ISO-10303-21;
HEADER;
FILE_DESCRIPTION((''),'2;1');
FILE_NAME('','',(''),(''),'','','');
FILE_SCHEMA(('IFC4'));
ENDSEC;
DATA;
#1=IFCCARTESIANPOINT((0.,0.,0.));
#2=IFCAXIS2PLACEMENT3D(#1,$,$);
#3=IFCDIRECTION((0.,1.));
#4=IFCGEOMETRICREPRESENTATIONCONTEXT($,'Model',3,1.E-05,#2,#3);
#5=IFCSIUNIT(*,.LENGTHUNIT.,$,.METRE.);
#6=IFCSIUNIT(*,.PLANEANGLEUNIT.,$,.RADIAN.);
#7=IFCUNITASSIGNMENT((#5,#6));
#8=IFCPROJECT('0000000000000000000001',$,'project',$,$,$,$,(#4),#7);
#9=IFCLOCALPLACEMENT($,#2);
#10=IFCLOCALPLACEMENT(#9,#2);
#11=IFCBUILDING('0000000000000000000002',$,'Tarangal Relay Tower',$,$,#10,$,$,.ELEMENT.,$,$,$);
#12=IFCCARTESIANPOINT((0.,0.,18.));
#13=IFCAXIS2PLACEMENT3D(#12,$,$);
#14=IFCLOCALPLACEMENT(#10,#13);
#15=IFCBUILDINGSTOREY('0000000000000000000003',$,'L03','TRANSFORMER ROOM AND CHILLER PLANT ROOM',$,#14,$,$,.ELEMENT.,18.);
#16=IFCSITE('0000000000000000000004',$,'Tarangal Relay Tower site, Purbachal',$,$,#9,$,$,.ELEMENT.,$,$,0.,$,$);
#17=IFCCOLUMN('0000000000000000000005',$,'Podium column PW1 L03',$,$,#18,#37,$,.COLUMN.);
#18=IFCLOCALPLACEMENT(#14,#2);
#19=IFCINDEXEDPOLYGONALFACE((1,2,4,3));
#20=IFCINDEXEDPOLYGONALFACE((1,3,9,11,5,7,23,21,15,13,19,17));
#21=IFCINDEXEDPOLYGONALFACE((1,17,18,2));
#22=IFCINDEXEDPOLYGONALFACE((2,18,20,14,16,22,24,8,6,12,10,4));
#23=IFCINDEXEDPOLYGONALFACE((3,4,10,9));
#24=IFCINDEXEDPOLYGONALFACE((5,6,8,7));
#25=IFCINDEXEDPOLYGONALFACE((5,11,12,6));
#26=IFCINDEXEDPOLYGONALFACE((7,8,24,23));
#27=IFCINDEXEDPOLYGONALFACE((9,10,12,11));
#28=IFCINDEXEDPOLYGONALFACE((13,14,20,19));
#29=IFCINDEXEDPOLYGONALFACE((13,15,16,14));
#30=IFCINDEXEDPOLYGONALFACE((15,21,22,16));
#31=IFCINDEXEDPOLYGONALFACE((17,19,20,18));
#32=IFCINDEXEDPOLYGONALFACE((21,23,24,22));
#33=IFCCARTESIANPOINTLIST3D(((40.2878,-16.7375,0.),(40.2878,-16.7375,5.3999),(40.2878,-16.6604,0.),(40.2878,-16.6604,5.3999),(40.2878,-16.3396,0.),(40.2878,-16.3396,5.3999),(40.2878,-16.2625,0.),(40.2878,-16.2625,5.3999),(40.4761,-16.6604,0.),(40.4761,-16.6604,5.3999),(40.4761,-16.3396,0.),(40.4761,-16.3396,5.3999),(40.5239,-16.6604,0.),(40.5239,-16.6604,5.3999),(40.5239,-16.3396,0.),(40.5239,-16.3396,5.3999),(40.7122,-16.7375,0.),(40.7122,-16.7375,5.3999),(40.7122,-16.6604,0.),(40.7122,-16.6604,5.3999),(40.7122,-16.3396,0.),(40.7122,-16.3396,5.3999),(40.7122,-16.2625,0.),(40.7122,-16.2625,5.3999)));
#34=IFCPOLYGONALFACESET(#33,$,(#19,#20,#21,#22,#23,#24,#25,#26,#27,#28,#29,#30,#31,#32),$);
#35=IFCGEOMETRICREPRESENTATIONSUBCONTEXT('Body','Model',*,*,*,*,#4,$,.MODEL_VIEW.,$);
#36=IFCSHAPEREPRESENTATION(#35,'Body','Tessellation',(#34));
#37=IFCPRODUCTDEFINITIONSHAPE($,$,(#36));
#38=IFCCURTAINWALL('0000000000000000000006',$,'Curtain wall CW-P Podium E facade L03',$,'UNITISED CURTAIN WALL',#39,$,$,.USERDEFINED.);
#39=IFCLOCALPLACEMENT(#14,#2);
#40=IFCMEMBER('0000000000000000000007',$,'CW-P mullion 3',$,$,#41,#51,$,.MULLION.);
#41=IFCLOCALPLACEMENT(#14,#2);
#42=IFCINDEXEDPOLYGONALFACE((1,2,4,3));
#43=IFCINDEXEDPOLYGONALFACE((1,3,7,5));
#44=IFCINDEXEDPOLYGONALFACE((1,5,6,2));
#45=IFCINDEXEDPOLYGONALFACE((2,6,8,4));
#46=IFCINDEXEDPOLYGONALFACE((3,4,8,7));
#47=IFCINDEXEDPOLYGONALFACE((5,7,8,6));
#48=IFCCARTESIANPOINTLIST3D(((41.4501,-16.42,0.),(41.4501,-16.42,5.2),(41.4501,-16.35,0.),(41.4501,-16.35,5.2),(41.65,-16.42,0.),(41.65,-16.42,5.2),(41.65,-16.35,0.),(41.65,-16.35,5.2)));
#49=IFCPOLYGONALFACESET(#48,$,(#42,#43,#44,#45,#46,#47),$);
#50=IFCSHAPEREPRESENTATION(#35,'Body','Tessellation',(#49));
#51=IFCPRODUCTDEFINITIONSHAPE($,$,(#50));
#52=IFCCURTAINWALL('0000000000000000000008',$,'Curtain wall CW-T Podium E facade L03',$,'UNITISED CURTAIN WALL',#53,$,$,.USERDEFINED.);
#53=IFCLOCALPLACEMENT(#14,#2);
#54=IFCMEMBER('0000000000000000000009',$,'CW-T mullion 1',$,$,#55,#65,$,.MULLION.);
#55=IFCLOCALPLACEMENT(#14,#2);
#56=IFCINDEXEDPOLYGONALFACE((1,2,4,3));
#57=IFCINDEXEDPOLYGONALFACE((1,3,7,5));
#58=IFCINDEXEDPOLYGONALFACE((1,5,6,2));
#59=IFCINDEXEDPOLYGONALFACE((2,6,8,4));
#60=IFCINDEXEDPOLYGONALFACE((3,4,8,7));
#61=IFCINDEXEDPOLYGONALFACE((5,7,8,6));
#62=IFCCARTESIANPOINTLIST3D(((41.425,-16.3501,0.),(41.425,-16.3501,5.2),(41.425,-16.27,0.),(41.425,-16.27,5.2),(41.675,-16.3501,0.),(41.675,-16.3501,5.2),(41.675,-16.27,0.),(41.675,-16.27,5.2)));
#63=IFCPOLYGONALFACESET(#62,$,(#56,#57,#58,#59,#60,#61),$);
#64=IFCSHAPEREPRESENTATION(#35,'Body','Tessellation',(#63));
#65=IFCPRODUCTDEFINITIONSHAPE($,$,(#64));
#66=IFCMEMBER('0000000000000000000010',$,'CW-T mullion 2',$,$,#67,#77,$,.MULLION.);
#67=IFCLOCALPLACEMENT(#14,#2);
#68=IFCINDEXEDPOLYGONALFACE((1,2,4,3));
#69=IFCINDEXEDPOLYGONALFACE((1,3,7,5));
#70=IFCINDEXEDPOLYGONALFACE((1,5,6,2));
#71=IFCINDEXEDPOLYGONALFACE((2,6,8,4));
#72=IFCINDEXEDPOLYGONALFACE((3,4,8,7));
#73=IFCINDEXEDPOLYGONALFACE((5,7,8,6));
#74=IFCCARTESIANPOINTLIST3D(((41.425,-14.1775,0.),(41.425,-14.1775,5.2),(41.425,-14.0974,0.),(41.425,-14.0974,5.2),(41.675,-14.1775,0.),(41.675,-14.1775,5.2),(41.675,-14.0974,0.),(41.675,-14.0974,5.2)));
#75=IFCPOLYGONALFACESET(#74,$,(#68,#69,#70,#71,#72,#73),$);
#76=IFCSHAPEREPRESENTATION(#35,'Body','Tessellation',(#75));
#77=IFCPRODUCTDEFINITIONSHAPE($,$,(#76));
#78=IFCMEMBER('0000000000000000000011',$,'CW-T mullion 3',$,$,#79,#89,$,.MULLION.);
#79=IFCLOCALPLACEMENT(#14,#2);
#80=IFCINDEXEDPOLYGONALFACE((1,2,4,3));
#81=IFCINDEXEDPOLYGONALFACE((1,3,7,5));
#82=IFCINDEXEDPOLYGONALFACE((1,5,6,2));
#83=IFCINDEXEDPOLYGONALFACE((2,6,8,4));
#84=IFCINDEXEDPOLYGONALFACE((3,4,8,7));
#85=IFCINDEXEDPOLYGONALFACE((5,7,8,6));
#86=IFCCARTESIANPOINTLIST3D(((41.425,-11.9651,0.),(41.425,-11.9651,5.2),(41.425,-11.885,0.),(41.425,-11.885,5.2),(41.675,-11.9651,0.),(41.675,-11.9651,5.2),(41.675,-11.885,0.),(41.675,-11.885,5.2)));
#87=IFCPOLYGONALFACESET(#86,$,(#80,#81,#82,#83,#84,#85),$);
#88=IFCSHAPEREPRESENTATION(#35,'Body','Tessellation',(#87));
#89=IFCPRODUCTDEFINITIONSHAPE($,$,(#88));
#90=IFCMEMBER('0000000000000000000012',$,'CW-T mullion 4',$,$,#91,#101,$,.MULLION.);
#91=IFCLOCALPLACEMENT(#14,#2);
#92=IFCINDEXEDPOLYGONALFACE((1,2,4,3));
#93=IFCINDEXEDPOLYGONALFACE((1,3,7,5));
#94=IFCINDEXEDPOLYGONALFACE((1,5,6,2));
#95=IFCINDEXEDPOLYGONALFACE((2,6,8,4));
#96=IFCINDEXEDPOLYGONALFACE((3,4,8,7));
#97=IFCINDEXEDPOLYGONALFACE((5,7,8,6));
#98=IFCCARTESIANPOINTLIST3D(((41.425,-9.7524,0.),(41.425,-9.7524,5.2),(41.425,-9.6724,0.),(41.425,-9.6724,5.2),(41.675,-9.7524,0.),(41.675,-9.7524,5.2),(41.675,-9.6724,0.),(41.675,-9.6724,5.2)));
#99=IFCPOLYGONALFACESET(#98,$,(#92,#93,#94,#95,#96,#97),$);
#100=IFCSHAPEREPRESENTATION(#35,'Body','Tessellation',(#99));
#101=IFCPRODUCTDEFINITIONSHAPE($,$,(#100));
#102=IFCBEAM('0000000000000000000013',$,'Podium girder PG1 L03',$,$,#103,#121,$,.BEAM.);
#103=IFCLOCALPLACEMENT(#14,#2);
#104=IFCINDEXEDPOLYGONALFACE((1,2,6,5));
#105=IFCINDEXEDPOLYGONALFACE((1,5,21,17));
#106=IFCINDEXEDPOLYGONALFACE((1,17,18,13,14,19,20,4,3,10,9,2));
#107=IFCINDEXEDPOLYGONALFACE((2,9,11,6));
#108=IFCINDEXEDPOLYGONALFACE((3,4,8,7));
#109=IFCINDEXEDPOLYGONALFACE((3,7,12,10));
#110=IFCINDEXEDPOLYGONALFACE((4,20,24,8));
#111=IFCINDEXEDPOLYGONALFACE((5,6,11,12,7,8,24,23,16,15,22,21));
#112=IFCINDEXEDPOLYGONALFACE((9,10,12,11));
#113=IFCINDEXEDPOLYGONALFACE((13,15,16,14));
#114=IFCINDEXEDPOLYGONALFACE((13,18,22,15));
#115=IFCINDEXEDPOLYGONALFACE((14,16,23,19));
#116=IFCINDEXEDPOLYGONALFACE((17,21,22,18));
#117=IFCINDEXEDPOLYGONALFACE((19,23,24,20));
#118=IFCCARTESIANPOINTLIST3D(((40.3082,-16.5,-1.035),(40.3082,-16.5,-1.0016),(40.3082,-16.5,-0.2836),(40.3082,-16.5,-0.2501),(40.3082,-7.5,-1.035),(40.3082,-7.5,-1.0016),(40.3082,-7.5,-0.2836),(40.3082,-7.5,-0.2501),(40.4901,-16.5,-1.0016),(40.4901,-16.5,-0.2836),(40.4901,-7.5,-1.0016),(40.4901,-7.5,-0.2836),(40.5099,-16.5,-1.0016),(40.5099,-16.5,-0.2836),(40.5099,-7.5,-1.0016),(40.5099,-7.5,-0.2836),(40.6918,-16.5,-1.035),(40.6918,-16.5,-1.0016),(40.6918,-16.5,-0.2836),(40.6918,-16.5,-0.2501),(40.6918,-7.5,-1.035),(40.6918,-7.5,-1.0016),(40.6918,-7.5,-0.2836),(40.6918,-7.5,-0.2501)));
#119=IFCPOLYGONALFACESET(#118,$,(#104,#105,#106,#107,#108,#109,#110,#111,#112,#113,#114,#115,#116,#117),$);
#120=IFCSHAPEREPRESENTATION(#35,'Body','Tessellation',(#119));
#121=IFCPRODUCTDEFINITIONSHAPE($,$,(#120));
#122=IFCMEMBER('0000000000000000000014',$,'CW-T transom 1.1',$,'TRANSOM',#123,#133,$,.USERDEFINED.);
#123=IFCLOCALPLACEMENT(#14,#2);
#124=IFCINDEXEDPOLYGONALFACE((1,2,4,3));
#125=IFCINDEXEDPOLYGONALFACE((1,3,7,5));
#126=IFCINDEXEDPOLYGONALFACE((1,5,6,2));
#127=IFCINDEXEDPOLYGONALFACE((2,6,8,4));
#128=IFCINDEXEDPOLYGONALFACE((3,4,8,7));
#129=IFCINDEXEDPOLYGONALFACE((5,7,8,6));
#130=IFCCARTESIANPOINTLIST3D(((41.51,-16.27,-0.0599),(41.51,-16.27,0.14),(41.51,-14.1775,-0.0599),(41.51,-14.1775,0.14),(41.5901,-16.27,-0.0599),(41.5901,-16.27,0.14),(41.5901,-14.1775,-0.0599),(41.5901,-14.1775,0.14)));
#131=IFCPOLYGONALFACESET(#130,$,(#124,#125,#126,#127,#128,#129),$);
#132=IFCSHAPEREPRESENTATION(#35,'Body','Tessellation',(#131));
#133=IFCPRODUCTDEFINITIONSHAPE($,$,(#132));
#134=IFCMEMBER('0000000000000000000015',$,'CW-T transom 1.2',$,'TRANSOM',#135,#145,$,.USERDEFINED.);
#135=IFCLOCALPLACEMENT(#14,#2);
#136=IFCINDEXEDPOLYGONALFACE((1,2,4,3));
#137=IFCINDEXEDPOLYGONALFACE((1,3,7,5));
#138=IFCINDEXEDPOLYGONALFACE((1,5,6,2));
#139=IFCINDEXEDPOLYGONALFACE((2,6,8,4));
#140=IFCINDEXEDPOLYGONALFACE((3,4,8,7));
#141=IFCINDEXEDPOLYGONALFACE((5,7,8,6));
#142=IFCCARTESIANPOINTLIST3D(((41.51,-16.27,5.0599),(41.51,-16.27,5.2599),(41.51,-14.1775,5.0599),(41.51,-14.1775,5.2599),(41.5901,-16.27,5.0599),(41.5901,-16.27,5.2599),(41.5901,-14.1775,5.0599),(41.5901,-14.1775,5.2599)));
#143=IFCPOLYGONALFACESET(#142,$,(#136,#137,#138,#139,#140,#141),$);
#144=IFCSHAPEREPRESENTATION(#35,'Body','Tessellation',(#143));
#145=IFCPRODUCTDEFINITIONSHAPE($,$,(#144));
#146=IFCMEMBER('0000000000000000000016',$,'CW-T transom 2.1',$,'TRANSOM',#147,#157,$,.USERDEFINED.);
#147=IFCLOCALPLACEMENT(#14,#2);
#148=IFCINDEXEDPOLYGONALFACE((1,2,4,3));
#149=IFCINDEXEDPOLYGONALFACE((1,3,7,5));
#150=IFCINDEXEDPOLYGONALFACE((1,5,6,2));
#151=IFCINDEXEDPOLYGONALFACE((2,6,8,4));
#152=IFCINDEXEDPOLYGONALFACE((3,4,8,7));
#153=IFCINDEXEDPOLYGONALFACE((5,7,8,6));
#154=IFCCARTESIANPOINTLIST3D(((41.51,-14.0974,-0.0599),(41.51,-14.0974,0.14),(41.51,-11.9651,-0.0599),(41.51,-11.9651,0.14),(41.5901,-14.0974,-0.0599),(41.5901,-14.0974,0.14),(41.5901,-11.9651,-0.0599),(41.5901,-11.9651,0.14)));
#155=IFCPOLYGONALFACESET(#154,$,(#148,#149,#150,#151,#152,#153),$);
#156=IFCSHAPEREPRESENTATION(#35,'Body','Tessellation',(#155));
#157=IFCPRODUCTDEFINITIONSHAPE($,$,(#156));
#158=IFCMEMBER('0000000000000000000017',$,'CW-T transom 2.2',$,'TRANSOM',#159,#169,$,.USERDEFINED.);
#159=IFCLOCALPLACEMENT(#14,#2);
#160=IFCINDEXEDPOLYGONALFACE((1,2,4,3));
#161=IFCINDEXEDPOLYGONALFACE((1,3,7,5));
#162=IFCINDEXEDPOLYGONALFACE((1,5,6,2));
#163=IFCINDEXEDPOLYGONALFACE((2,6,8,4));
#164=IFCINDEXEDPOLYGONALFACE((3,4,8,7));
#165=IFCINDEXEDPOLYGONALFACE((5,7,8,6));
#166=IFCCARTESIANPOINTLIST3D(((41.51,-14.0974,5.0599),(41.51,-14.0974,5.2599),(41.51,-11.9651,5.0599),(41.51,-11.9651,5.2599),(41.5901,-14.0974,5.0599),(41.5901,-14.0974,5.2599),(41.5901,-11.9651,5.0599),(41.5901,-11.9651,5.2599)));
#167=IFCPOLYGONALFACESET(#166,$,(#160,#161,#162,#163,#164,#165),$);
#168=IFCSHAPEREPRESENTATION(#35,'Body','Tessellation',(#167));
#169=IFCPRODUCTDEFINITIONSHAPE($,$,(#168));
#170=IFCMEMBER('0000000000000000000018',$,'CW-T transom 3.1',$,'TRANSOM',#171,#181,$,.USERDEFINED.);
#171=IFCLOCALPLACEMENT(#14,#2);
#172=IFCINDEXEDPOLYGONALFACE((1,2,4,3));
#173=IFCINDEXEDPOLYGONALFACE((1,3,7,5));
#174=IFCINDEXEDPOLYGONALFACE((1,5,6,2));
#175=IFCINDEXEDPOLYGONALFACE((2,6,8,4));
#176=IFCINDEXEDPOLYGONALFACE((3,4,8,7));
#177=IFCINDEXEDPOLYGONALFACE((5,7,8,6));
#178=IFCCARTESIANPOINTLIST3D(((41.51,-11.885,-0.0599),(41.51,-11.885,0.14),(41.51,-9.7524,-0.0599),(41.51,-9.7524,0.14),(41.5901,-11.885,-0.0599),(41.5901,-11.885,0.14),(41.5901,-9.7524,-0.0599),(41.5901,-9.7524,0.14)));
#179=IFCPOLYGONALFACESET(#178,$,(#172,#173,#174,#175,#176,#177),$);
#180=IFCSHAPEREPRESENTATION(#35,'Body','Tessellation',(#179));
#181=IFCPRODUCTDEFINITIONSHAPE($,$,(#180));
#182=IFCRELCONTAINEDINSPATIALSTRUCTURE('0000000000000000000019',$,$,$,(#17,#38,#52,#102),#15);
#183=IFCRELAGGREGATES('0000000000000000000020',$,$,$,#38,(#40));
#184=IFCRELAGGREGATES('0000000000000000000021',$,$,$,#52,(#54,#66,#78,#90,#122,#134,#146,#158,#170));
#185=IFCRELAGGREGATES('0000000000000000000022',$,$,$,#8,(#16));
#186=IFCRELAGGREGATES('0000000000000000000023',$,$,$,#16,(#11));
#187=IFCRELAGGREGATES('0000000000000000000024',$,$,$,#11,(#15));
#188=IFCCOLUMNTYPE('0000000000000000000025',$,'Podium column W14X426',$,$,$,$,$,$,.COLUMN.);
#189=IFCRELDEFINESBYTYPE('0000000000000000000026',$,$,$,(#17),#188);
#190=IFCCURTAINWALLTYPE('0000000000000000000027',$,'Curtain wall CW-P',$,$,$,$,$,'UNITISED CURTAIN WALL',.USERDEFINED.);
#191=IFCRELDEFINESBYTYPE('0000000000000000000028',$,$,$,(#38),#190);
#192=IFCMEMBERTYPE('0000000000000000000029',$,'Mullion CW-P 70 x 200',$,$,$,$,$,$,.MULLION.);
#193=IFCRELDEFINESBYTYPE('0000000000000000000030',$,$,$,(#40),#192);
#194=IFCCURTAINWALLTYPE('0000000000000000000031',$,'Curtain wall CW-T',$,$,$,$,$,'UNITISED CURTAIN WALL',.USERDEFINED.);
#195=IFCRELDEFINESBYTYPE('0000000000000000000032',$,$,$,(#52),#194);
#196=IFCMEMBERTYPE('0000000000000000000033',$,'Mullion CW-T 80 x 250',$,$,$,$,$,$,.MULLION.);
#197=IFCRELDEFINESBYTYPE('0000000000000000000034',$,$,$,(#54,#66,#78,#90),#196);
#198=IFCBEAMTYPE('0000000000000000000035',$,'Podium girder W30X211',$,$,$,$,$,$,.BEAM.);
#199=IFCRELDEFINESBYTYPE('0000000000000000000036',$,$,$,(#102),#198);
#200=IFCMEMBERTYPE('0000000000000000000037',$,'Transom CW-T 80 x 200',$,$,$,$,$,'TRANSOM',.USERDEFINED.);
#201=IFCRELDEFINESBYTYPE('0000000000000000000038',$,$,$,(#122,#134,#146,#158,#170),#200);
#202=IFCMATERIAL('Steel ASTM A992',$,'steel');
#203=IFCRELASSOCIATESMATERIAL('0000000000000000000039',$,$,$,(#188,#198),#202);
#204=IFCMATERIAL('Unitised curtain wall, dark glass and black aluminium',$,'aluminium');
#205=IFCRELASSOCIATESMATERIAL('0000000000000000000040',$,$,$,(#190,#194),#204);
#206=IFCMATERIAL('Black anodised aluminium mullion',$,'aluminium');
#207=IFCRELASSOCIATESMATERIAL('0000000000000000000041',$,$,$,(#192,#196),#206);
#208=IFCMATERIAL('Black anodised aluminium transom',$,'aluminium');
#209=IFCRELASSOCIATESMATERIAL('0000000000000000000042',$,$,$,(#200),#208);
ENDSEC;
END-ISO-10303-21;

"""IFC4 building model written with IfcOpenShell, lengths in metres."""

from ifc_helpers import new_model, si_unit, direction, frame, origin, origin_2d, place, context, subcontext, project, spatial, rectangle, i_section, extrude, material, material_profile, profile_set, type_object, element, aggregate, save


model = new_model("IFC4")

# Units and contexts
model_context = context("Model", 3, precision=1e-05, world=origin(), true_north=direction((0.0, 1.0)))
body_context = subcontext(model_context, "Body", "Model", "MODEL_VIEW")
ifc_project = project(units=[si_unit("LENGTHUNIT", "METRE"), si_unit("PLANEANGLEUNIT", "RADIAN")], contexts=[model_context])

# Site, building, storey
site_placement = place(None, origin())
site = spatial("IfcSite", under=ifc_project, at=site_placement, Name="Tarangal Relay Tower site, Purbachal", CompositionType="ELEMENT", RefElevation=0.0)
building_placement = place(site_placement, origin())
building = spatial("IfcBuilding", under=site, at=building_placement, Name="Tarangal Relay Tower", CompositionType="ELEMENT")
storey_placement = place(building_placement, frame((0.0, 0.0, 18.0)))
storey = spatial("IfcBuildingStorey", under=building, at=storey_placement, Name="L03", Description="TRANSFORMER ROOM AND CHILLER PLANT ROOM", CompositionType="ELEMENT", Elevation=18.0)

# Column
ifc_material_1 = material(Name="Steel ASTM A992", Category="steel")
ifc_material_profile_1 = material_profile(ifc_material_1, i_section(OverallWidth=0.4243, OverallDepth=0.4751, WebThickness=0.0479, FlangeThickness=0.0771, at=origin_2d()), Name="W14X426")
ifc_profile_set_1 = profile_set([ifc_material_profile_1], Name="Steel ASTM A992")
column_type = type_object("IfcColumnType", Name="Podium column W14X426", PredefinedType="COLUMN", material=ifc_profile_set_1)
column_placement = place(storey_placement, frame((40.5, -16.5, 0.0), z_axis=(0.0, 0.0, 1.0), x_axis=(1.0, 0.0, 0.0)))
element("IfcColumn", 1, at=column_placement, inside=storey, type_object=column_type, Name="Podium column PW1 L03", PredefinedType="COLUMN", context=body_context, shape_type="SweptSolid", body=[
    extrude(i_section(OverallWidth=0.4243, OverallDepth=0.4751, WebThickness=0.0479, FlangeThickness=0.0771, at=origin_2d()), origin(), (0.0, 0.0, 1.0), 5.3999),
])

# Curtain wall, member
ifc_material_2 = material(Name="Unitised curtain wall, dark glass and black aluminium", Category="aluminium")
curtain_wall_type_1 = type_object("IfcCurtainWallType", Name="Curtain wall CW-P", ElementType="UNITISED CURTAIN WALL", PredefinedType="USERDEFINED", material=ifc_material_2)
curtain_wall_1_placement = place(storey_placement, origin())
curtain_wall_1 = element("IfcCurtainWall", 2, at=curtain_wall_1_placement, inside=storey, type_object=curtain_wall_type_1, Name="Curtain wall CW-P Podium E facade L03", ObjectType="UNITISED CURTAIN WALL", PredefinedType="USERDEFINED")
ifc_material_3 = material(Name="Black anodised aluminium mullion", Category="aluminium")
ifc_material_profile_2 = material_profile(ifc_material_3, rectangle(XDim=0.2, YDim=0.0701, at=origin_2d()), Name="CW-PM 70X200")
ifc_profile_set_2 = profile_set([ifc_material_profile_2], Name="Black anodised aluminium mullion")
member_type_1 = type_object("IfcMemberType", Name="Mullion CW-P 70 x 200", PredefinedType="MULLION", material=ifc_profile_set_2)
member_1_placement = place(storey_placement, frame((41.55, -16.385, 0.0), z_axis=(0.0, 0.0, 1.0), x_axis=(-1.0, 0.0, 0.0)))
member_1 = element("IfcMember", 3, at=member_1_placement, type_object=member_type_1, Name="CW-P mullion 3", PredefinedType="MULLION", context=body_context, shape_type="SweptSolid", body=[
    extrude(rectangle(XDim=0.2, YDim=0.0701, at=origin_2d()), origin(), (0.0, 0.0, 1.0), 5.2),
])
aggregate(curtain_wall_1, [member_1])

# Curtain wall, members
curtain_wall_type_2 = type_object("IfcCurtainWallType", Name="Curtain wall CW-T", ElementType="UNITISED CURTAIN WALL", PredefinedType="USERDEFINED", material=ifc_material_2)
curtain_wall_2_placement = place(storey_placement, origin())
curtain_wall_2 = element("IfcCurtainWall", 4, at=curtain_wall_2_placement, inside=storey, type_object=curtain_wall_type_2, Name="Curtain wall CW-T Podium E facade L03", ObjectType="UNITISED CURTAIN WALL", PredefinedType="USERDEFINED")
ifc_material_profile_3 = material_profile(ifc_material_3, rectangle(XDim=0.25, YDim=0.0801, at=origin_2d()), Name="CW-TM 80X250")
ifc_profile_set_3 = profile_set([ifc_material_profile_3], Name="Black anodised aluminium mullion")
member_type_2 = type_object("IfcMemberType", Name="Mullion CW-T 80 x 250", PredefinedType="MULLION", material=ifc_profile_set_3)
member_2_placement = place(storey_placement, frame((41.55, -16.3101, 0.0), z_axis=(0.0, 0.0, 1.0), x_axis=(-1.0, 0.0, 0.0)))
member_2 = element("IfcMember", 5, at=member_2_placement, type_object=member_type_2, Name="CW-T mullion 1", PredefinedType="MULLION", context=body_context, shape_type="SweptSolid", body=[
    extrude(rectangle(XDim=0.25, YDim=0.0801, at=origin_2d()), origin(), (0.0, 0.0, 1.0), 5.2),
])
member_3_placement = place(storey_placement, frame((41.55, -14.1375, 0.0), z_axis=(0.0, 0.0, 1.0), x_axis=(-1.0, 0.0, 0.0)))
member_3 = element("IfcMember", 6, at=member_3_placement, type_object=member_type_2, Name="CW-T mullion 2", PredefinedType="MULLION", context=body_context, shape_type="SweptSolid", body=[
    extrude(rectangle(XDim=0.25, YDim=0.0801, at=origin_2d()), origin(), (0.0, 0.0, 1.0), 5.2),
])
member_4_placement = place(storey_placement, frame((41.55, -11.925, 0.0), z_axis=(0.0, 0.0, 1.0), x_axis=(-1.0, 0.0, 0.0)))
member_4 = element("IfcMember", 7, at=member_4_placement, type_object=member_type_2, Name="CW-T mullion 3", PredefinedType="MULLION", context=body_context, shape_type="SweptSolid", body=[
    extrude(rectangle(XDim=0.25, YDim=0.0801, at=origin_2d()), origin(), (0.0, 0.0, 1.0), 5.2),
])
member_5_placement = place(storey_placement, frame((41.55, -9.7124, 0.0), z_axis=(0.0, 0.0, 1.0), x_axis=(-1.0, 0.0, 0.0)))
member_5 = element("IfcMember", 8, at=member_5_placement, type_object=member_type_2, Name="CW-T mullion 4", PredefinedType="MULLION", context=body_context, shape_type="SweptSolid", body=[
    extrude(rectangle(XDim=0.25, YDim=0.0801, at=origin_2d()), origin(), (0.0, 0.0, 1.0), 5.2),
])

# Beam
ifc_material_profile_4 = material_profile(ifc_material_1, i_section(OverallWidth=0.3835, OverallDepth=0.7849, WebThickness=0.0198, FlangeThickness=0.0334, at=origin_2d()), Name="W30X211")
ifc_profile_set_4 = profile_set([ifc_material_profile_4], Name="Steel ASTM A992")
beam_type = type_object("IfcBeamType", Name="Podium girder W30X211", PredefinedType="BEAM", material=ifc_profile_set_4)
beam_placement = place(storey_placement, frame((40.5, -16.5, -0.6426), z_axis=(0.0, 1.0, 0.0), x_axis=(-1.0, 0.0, 0.0)))
element("IfcBeam", 9, at=beam_placement, inside=storey, type_object=beam_type, Name="Podium girder PG1 L03", PredefinedType="BEAM", context=body_context, shape_type="SweptSolid", body=[
    extrude(i_section(OverallWidth=0.3835, OverallDepth=0.7849, WebThickness=0.0198, FlangeThickness=0.0334, at=origin_2d()), origin(), (0.0, 0.0, 1.0), 9.0),
])

# Members
ifc_material_4 = material(Name="Black anodised aluminium transom", Category="aluminium")
ifc_material_profile_5 = material_profile(ifc_material_4, rectangle(XDim=0.0801, YDim=0.2, at=origin_2d()), Name="CW-TT 80X200")
ifc_profile_set_5 = profile_set([ifc_material_profile_5], Name="Black anodised aluminium transom")
member_type_3 = type_object("IfcMemberType", Name="Transom CW-T 80 x 200", ElementType="TRANSOM", PredefinedType="USERDEFINED", material=ifc_profile_set_5)
member_6_placement = place(storey_placement, frame((41.55, -16.27, 0.04), z_axis=(0.0, 1.0, 0.0), x_axis=(-1.0, 0.0, 0.0)))
member_6 = element("IfcMember", 10, at=member_6_placement, type_object=member_type_3, Name="CW-T transom 1.1", ObjectType="TRANSOM", PredefinedType="USERDEFINED", context=body_context, shape_type="SweptSolid", body=[
    extrude(rectangle(XDim=0.0801, YDim=0.2, at=origin_2d()), origin(), (0.0, 0.0, 1.0), 2.0925),
])
member_7_placement = place(storey_placement, frame((41.55, -16.27, 5.1599), z_axis=(0.0, 1.0, 0.0), x_axis=(-1.0, 0.0, 0.0)))
member_7 = element("IfcMember", 11, at=member_7_placement, type_object=member_type_3, Name="CW-T transom 1.2", ObjectType="TRANSOM", PredefinedType="USERDEFINED", context=body_context, shape_type="SweptSolid", body=[
    extrude(rectangle(XDim=0.0801, YDim=0.2, at=origin_2d()), origin(), (0.0, 0.0, 1.0), 2.0925),
])
member_8_placement = place(storey_placement, frame((41.55, -14.0974, 0.04), z_axis=(0.0, 1.0, 0.0), x_axis=(-1.0, 0.0, 0.0)))
member_8 = element("IfcMember", 12, at=member_8_placement, type_object=member_type_3, Name="CW-T transom 2.1", ObjectType="TRANSOM", PredefinedType="USERDEFINED", context=body_context, shape_type="SweptSolid", body=[
    extrude(rectangle(XDim=0.0801, YDim=0.2, at=origin_2d()), origin(), (0.0, 0.0, 1.0), 2.1323),
])
member_9_placement = place(storey_placement, frame((41.55, -14.0974, 5.1599), z_axis=(0.0, 1.0, 0.0), x_axis=(-1.0, 0.0, 0.0)))
member_9 = element("IfcMember", 13, at=member_9_placement, type_object=member_type_3, Name="CW-T transom 2.2", ObjectType="TRANSOM", PredefinedType="USERDEFINED", context=body_context, shape_type="SweptSolid", body=[
    extrude(rectangle(XDim=0.0801, YDim=0.2, at=origin_2d()), origin(), (0.0, 0.0, 1.0), 2.1323),
])
member_10_placement = place(storey_placement, frame((41.55, -11.885, 0.04), z_axis=(0.0, 1.0, 0.0), x_axis=(-1.0, 0.0, 0.0)))
member_10 = element("IfcMember", 14, at=member_10_placement, type_object=member_type_3, Name="CW-T transom 3.1", ObjectType="TRANSOM", PredefinedType="USERDEFINED", context=body_context, shape_type="SweptSolid", body=[
    extrude(rectangle(XDim=0.0801, YDim=0.2, at=origin_2d()), origin(), (0.0, 0.0, 1.0), 2.1326),
])

aggregate(curtain_wall_2, [member_2, member_3, member_4, member_5, member_6, member_7, member_8, member_9, member_10])

save(model, "model.ifc")
